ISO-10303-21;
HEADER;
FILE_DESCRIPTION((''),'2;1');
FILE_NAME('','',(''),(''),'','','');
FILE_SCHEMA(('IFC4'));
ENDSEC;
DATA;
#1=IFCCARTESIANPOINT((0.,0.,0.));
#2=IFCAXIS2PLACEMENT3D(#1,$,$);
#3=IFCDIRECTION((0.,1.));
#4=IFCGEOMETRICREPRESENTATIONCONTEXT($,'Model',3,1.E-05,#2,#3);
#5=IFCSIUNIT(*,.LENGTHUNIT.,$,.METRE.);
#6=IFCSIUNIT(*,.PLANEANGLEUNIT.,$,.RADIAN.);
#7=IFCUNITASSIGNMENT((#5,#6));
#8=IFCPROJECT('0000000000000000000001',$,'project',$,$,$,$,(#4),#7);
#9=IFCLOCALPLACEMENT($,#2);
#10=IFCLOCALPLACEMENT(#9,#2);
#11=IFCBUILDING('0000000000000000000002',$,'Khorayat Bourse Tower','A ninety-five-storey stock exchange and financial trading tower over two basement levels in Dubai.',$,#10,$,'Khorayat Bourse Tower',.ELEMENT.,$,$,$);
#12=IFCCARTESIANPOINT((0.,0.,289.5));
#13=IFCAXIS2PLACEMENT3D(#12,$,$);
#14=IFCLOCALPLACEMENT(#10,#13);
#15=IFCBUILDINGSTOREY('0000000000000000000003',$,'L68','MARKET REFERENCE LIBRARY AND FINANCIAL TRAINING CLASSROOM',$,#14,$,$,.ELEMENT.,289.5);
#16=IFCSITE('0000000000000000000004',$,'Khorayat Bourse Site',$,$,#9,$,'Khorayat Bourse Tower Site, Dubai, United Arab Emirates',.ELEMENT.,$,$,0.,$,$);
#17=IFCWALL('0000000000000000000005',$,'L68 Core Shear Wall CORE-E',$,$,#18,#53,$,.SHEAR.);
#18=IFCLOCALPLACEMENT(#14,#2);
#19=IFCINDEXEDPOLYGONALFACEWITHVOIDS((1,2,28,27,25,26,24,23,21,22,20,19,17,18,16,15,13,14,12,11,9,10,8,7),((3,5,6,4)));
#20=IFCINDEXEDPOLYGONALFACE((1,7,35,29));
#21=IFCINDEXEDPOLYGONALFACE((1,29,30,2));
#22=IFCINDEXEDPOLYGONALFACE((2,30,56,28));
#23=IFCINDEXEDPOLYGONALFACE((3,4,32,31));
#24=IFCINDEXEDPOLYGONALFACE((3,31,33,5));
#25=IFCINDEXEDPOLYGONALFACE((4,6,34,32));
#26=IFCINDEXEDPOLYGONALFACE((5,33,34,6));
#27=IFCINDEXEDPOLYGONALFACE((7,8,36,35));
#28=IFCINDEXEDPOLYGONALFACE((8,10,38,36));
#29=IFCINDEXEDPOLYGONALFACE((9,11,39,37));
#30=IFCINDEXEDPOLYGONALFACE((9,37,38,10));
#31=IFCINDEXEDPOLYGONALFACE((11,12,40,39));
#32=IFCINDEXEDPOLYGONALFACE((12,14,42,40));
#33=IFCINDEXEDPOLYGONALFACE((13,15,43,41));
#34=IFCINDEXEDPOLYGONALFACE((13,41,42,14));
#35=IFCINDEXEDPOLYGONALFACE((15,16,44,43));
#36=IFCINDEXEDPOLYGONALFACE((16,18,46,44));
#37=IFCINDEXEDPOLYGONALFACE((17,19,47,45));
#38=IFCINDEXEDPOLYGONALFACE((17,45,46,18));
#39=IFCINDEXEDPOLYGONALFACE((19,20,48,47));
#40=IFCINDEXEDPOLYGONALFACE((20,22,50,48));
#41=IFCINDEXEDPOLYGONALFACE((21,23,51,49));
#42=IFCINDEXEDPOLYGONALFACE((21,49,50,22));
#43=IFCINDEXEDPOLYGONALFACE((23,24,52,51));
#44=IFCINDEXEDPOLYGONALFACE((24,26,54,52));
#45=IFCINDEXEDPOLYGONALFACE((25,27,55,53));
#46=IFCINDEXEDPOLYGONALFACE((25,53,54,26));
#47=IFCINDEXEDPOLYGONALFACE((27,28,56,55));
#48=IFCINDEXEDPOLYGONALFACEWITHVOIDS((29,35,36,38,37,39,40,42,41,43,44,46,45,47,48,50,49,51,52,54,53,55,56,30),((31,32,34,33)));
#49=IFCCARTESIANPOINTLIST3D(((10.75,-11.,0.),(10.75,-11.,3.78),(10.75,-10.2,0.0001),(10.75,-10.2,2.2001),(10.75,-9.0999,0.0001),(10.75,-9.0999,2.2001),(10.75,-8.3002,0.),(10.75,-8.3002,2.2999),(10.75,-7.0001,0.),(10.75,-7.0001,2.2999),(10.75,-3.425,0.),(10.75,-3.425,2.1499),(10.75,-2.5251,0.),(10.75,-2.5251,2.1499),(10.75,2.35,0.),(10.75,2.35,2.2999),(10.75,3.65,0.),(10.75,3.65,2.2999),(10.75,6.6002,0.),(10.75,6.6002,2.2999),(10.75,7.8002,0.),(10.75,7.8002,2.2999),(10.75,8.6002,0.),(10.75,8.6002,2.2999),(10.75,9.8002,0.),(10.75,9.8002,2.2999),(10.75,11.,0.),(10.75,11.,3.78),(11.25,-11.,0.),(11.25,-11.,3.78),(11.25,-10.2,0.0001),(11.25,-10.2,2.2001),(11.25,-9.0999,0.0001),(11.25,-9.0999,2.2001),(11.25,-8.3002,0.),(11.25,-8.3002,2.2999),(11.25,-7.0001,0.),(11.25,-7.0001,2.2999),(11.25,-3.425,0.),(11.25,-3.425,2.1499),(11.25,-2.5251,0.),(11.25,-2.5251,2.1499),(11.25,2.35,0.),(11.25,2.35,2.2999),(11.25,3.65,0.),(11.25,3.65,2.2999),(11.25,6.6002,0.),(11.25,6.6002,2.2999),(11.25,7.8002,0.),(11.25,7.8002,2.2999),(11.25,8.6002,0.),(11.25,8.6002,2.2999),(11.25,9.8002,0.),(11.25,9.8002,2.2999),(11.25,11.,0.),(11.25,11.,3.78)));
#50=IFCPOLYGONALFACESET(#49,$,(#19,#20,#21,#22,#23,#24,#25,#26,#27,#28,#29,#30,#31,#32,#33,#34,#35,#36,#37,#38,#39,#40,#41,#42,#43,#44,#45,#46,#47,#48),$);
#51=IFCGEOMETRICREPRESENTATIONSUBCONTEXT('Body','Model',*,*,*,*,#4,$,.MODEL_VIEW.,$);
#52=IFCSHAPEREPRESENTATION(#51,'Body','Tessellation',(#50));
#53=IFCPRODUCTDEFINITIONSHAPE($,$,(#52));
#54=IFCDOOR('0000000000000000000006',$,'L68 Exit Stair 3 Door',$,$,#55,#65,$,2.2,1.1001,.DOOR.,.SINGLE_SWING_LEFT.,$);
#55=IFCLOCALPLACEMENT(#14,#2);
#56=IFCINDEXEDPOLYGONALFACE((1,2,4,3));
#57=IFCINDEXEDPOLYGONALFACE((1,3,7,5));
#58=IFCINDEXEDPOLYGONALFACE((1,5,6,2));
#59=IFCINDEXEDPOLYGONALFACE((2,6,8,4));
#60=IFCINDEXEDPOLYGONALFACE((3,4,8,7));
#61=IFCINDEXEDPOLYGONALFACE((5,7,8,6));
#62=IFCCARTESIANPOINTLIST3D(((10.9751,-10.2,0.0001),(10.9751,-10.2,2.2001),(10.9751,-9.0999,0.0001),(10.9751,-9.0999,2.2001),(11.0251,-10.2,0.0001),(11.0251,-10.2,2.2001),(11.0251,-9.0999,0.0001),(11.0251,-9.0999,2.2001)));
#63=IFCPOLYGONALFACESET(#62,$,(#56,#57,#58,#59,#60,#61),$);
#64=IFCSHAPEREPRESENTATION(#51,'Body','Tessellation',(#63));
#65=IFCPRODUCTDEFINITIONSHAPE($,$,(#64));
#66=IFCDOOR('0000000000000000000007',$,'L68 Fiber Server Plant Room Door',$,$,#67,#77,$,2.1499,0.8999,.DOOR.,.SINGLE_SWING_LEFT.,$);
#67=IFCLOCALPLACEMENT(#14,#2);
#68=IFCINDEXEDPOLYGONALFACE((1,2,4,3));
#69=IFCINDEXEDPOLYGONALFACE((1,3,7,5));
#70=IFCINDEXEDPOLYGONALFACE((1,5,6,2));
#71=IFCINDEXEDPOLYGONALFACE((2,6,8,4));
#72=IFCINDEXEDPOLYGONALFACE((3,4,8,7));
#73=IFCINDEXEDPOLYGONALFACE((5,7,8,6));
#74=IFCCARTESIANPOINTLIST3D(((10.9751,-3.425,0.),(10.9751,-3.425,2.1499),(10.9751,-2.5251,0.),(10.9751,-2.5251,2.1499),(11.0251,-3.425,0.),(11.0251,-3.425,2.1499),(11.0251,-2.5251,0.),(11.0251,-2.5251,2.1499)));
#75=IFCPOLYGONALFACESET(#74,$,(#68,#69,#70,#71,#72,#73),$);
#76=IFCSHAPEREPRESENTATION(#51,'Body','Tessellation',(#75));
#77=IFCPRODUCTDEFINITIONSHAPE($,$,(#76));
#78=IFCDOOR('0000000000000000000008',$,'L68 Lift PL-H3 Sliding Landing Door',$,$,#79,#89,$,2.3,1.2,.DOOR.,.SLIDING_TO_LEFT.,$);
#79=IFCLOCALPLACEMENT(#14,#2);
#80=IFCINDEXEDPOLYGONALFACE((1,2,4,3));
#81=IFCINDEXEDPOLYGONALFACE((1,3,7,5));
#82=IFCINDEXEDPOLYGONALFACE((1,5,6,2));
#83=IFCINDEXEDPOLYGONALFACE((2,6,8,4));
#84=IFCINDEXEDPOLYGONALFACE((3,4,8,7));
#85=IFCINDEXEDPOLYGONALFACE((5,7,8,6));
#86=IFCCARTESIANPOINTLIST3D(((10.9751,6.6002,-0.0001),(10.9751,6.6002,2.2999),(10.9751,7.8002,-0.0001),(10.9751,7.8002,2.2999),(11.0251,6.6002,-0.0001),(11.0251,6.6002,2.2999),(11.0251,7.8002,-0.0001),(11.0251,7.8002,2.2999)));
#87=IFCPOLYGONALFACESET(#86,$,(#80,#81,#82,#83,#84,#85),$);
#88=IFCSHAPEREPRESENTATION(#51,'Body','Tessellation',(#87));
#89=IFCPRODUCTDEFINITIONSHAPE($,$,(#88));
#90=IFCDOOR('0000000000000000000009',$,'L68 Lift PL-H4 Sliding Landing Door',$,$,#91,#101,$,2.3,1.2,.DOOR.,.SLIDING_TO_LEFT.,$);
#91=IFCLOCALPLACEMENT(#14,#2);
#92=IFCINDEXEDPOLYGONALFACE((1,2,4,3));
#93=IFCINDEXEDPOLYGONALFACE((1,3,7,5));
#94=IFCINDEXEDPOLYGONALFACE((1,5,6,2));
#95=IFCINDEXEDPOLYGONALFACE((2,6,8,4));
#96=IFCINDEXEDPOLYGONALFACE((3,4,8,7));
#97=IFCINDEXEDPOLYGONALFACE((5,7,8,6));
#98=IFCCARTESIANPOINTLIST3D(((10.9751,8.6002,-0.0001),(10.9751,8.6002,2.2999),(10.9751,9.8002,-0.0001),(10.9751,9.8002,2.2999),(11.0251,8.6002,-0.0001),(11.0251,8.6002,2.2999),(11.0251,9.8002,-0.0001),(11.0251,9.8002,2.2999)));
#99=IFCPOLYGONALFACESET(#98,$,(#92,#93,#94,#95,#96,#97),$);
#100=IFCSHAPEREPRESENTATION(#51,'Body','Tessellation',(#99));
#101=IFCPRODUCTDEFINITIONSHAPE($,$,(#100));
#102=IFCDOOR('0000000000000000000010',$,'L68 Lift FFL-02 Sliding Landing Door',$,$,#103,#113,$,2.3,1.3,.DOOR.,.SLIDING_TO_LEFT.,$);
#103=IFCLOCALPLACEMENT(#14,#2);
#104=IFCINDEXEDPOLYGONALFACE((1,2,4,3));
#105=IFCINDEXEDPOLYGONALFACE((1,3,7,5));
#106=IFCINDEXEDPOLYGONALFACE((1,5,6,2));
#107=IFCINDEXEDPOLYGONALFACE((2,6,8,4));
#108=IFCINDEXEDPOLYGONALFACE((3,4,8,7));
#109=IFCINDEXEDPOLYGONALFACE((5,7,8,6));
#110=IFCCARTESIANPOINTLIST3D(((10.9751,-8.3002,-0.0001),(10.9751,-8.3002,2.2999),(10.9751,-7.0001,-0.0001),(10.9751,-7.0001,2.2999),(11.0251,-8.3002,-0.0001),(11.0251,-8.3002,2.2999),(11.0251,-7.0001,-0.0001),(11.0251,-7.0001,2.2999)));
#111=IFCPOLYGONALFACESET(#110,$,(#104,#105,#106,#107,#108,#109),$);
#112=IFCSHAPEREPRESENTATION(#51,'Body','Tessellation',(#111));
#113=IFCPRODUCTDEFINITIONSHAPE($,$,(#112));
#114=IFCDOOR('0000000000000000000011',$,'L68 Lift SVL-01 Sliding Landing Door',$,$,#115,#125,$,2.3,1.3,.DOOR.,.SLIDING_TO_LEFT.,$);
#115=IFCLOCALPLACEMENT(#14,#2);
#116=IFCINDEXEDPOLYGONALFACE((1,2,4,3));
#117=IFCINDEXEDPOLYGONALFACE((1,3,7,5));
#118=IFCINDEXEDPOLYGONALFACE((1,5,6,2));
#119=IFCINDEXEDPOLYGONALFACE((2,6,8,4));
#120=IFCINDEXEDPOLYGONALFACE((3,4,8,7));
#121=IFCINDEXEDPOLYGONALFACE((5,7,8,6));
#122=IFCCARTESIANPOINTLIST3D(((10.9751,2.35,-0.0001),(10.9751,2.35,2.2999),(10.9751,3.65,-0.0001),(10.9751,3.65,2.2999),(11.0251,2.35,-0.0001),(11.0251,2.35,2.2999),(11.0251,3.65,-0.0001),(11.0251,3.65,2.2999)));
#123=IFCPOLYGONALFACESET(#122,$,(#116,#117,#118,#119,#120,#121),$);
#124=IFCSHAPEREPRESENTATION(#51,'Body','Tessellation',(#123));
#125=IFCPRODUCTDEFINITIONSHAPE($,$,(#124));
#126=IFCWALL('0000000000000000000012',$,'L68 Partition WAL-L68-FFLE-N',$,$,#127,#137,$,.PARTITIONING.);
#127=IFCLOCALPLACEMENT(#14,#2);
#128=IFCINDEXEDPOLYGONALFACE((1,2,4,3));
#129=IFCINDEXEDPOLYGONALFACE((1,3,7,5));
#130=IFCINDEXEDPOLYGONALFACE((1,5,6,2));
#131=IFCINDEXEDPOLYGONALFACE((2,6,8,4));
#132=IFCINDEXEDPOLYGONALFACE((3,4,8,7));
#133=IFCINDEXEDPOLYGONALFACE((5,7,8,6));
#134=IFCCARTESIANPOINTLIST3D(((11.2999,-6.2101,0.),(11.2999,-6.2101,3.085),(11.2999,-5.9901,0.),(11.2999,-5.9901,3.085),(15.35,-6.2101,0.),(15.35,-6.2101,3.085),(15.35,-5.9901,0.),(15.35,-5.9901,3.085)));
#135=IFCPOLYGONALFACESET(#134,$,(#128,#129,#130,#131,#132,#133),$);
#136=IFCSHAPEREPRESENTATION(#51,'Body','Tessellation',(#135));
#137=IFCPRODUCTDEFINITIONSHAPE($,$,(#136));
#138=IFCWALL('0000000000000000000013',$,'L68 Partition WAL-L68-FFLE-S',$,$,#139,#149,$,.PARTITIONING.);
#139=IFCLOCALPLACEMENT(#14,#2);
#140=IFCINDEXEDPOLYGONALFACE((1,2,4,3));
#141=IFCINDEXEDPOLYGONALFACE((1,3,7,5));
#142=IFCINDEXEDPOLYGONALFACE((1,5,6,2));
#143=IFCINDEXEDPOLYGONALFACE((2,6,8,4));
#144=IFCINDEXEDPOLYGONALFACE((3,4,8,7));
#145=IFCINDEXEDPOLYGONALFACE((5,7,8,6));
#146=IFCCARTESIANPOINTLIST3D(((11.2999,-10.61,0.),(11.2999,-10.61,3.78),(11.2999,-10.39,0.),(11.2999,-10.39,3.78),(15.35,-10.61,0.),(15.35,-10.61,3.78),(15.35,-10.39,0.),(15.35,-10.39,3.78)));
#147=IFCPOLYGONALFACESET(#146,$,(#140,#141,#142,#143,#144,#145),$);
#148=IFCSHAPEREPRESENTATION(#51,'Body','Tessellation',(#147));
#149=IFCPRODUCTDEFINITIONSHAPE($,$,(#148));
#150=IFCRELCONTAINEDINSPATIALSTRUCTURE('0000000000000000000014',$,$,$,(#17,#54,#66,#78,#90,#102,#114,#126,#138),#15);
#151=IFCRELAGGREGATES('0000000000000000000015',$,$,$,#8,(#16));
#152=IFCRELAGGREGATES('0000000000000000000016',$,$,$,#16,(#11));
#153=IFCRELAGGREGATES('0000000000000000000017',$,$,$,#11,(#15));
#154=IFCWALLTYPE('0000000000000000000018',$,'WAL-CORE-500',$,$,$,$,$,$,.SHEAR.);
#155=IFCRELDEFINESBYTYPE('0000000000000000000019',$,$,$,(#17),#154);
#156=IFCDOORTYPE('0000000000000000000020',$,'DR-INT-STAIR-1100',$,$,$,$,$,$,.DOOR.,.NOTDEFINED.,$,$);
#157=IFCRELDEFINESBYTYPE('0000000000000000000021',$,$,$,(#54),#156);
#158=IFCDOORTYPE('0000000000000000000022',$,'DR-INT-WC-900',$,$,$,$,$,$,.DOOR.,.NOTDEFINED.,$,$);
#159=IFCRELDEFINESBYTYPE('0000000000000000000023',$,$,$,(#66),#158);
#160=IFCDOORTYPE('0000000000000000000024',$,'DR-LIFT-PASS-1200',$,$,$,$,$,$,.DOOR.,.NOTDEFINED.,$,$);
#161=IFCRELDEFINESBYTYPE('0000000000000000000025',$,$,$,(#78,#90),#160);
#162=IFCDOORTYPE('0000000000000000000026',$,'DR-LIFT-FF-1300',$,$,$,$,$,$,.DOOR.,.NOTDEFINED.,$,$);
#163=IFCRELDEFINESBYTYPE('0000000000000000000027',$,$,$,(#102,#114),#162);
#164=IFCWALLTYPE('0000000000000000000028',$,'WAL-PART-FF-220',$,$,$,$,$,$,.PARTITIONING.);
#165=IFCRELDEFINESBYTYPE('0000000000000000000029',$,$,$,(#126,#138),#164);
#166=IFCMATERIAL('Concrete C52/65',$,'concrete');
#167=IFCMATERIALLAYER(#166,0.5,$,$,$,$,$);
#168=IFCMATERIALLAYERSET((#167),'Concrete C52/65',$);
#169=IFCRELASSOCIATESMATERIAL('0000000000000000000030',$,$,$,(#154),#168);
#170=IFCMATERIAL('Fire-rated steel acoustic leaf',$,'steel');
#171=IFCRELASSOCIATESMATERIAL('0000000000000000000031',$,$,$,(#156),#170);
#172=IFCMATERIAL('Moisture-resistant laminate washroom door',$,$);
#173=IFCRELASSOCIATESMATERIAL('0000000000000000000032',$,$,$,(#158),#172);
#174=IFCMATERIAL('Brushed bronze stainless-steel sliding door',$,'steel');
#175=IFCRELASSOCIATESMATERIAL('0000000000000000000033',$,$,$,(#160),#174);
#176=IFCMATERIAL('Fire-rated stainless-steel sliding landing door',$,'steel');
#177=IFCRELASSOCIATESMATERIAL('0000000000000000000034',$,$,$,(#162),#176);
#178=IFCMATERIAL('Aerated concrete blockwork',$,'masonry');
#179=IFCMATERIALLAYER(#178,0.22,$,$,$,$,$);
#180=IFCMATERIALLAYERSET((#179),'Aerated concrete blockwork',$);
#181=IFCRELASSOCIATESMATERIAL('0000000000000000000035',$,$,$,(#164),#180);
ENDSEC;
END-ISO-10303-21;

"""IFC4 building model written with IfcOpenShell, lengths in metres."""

from ifc_helpers import new_model, si_unit, direction, frame, frame_2d, origin, place, context, subcontext, project, spatial, rectangle, extrude, source, transform, mapped, material, layer, layer_set, type_object, element, fill, save


model = new_model("IFC4")

# Units and contexts
model_context = context("Model", 3, precision=1e-05, world=origin(), true_north=direction((0.0, 1.0)))
body_context = subcontext(model_context, "Body", "Model", "MODEL_VIEW")
ifc_project = project(units=[si_unit("LENGTHUNIT", "METRE"), si_unit("PLANEANGLEUNIT", "RADIAN")], contexts=[model_context])

# Site, building, storey
site_placement = place(None, origin())
site = spatial("IfcSite", under=ifc_project, at=site_placement, Name="Khorayat Bourse Site", LongName="Khorayat Bourse Tower Site, Dubai, United Arab Emirates", CompositionType="ELEMENT", RefElevation=0.0)
building_placement = place(site_placement, origin())
building = spatial("IfcBuilding", under=site, at=building_placement, Name="Khorayat Bourse Tower", Description="A ninety-five-storey stock exchange and financial trading tower over two basement levels in Dubai.", LongName="Khorayat Bourse Tower", CompositionType="ELEMENT")
storey_placement = place(building_placement, frame((0.0, 0.0, 289.5)))
storey = spatial("IfcBuildingStorey", under=building, at=storey_placement, Name="L68", Description="MARKET REFERENCE LIBRARY AND FINANCIAL TRAINING CLASSROOM", CompositionType="ELEMENT", Elevation=289.5)

# Shared definitions
ifc_material_1 = material(Name="Concrete C52/65", Category="concrete")

# Wall, openings, doors
ifc_layer_1 = layer(ifc_material_1, 0.5)
ifc_layer_set_1 = layer_set([ifc_layer_1], Name="Concrete C52/65")
wall_type_1 = type_object("IfcWallType", Name="WAL-CORE-500", PredefinedType="SHEAR", material=ifc_layer_set_1)
shared_shape_1 = source(origin(), body_context, "Body", "SweptSolid", [
    extrude(rectangle(XDim=22.0, YDim=0.5, at=frame_2d((11.0, 0.0))), origin(), (0.0, 0.0, 1.0), 3.78),
])
wall_1_placement = place(storey_placement, frame((11.0, -11.0, 0.0), z_axis=(0.0, 0.0, 1.0), x_axis=(0.0, 1.0, 0.0)))
wall_1 = element("IfcWall", 1, at=wall_1_placement, inside=storey, type_object=wall_type_1, Name="L68 Core Shear Wall CORE-E", PredefinedType="SHEAR", context=body_context, shape_type="MappedRepresentation", body=[
    mapped(shared_shape_1, transform((0.0, 0.0, 0.0), scale=1.0)),
])
shared_shape_2 = source(origin(), body_context, "Body", "SweptSolid", [
    extrude(rectangle(XDim=1.1001, YDim=2.2, at=frame_2d((0.55, 1.1001))), frame((0.0, 0.26, 0.0), z_axis=(0.0, -1.0, 0.0), x_axis=(1.0, 0.0, 0.0)), (0.0, 0.0, 1.0), 0.52),
])
opening_1_placement = place(wall_1_placement, frame((0.8, 0.0, 0.0)))
opening_1 = element("IfcOpeningElement", 2, at=opening_1_placement, cuts=wall_1, PredefinedType="OPENING", context=body_context, shape_type="MappedRepresentation", body=[
    mapped(shared_shape_2, transform((0.0, 0.0, 0.0), scale=1.0)),
])
shared_shape_3 = source(origin(), body_context, "Body", "SweptSolid", [
    extrude(rectangle(XDim=0.8999, YDim=2.1499, at=frame_2d((0.45, 1.075))), frame((0.0, 0.26, 0.0), z_axis=(0.0, -1.0, 0.0), x_axis=(1.0, 0.0, 0.0)), (0.0, 0.0, 1.0), 0.52),
])
opening_2_placement = place(wall_1_placement, frame((7.575, 0.0, 0.0)))
opening_2 = element("IfcOpeningElement", 3, at=opening_2_placement, cuts=wall_1, PredefinedType="OPENING", context=body_context, shape_type="MappedRepresentation", body=[
    mapped(shared_shape_3, transform((0.0, 0.0, 0.0), scale=1.0)),
])
shared_shape_4 = source(origin(), body_context, "Body", "SweptSolid", [
    extrude(rectangle(XDim=1.2, YDim=2.3, at=frame_2d((0.6001, 1.1499))), frame((0.0, 0.26, 0.0), z_axis=(0.0, -1.0, 0.0), x_axis=(1.0, 0.0, 0.0)), (0.0, 0.0, 1.0), 0.52),
])
opening_3_placement = place(wall_1_placement, frame((17.6001, 0.0, 0.0)))
opening_3 = element("IfcOpeningElement", 4, at=opening_3_placement, cuts=wall_1, PredefinedType="OPENING", context=body_context, shape_type="MappedRepresentation", body=[
    mapped(shared_shape_4, transform((0.0, 0.0, 0.0), scale=1.0)),
])
opening_4_placement = place(wall_1_placement, frame((19.6001, 0.0, 0.0)))
opening_4 = element("IfcOpeningElement", 5, at=opening_4_placement, cuts=wall_1, PredefinedType="OPENING", context=body_context, shape_type="MappedRepresentation", body=[
    mapped(shared_shape_4, transform((0.0, 0.0, 0.0), scale=1.0)),
])
shared_shape_5 = source(origin(), body_context, "Body", "SweptSolid", [
    extrude(rectangle(XDim=1.3, YDim=2.3, at=frame_2d((0.6499, 1.1499))), frame((0.0, 0.26, 0.0), z_axis=(0.0, -1.0, 0.0), x_axis=(1.0, 0.0, 0.0)), (0.0, 0.0, 1.0), 0.52),
])
opening_5_placement = place(wall_1_placement, frame((2.7, 0.0, 0.0)))
opening_5 = element("IfcOpeningElement", 6, at=opening_5_placement, cuts=wall_1, PredefinedType="OPENING", context=body_context, shape_type="MappedRepresentation", body=[
    mapped(shared_shape_5, transform((0.0, 0.0, 0.0), scale=1.0)),
])
opening_6_placement = place(wall_1_placement, frame((13.3501, 0.0, 0.0)))
opening_6 = element("IfcOpeningElement", 7, at=opening_6_placement, cuts=wall_1, PredefinedType="OPENING", context=body_context, shape_type="MappedRepresentation", body=[
    mapped(shared_shape_5, transform((0.0, 0.0, 0.0), scale=1.0)),
])
ifc_material_2 = material(Name="Fire-rated steel acoustic leaf", Category="steel")
door_type_1 = type_object("IfcDoorType", Name="DR-INT-STAIR-1100", OperationType="NOTDEFINED", PredefinedType="DOOR", material=ifc_material_2)
shared_shape_6 = source(origin(), body_context, "Body", "SweptSolid", [
    extrude(rectangle(XDim=1.1001, YDim=2.2, at=frame_2d((0.55, 1.1001))), frame((0.0, 0.0249, 0.0), z_axis=(0.0, -1.0, 0.0), x_axis=(1.0, 0.0, 0.0)), (0.0, 0.0, 1.0), 0.05),
])
door_1_placement = place(opening_1_placement, origin())
door_1 = element("IfcDoor", 8, at=door_1_placement, inside=storey, type_object=door_type_1, Name="L68 Exit Stair 3 Door", OperationType="SINGLE_SWING_LEFT", OverallHeight=2.2, OverallWidth=1.1001, PredefinedType="DOOR", context=body_context, shape_type="MappedRepresentation", body=[
    mapped(shared_shape_6, transform((0.0, 0.0, 0.0), scale=1.0)),
])
fill(opening_1, door_1)
ifc_material_3 = material(Name="Moisture-resistant laminate washroom door")
door_type_2 = type_object("IfcDoorType", Name="DR-INT-WC-900", OperationType="NOTDEFINED", PredefinedType="DOOR", material=ifc_material_3)
shared_shape_7 = source(origin(), body_context, "Body", "SweptSolid", [
    extrude(rectangle(XDim=0.8999, YDim=2.1499, at=frame_2d((0.45, 1.075))), frame((0.0, 0.0249, 0.0), z_axis=(0.0, -1.0, 0.0), x_axis=(1.0, 0.0, 0.0)), (0.0, 0.0, 1.0), 0.05),
])
door_2_placement = place(opening_2_placement, origin())
door_2 = element("IfcDoor", 9, at=door_2_placement, inside=storey, type_object=door_type_2, Name="L68 Fiber Server Plant Room Door", OperationType="SINGLE_SWING_LEFT", OverallHeight=2.1499, OverallWidth=0.8999, PredefinedType="DOOR", context=body_context, shape_type="MappedRepresentation", body=[
    mapped(shared_shape_7, transform((0.0, 0.0, 0.0), scale=1.0)),
])
fill(opening_2, door_2)
ifc_material_4 = material(Name="Brushed bronze stainless-steel sliding door", Category="steel")
door_type_3 = type_object("IfcDoorType", Name="DR-LIFT-PASS-1200", OperationType="NOTDEFINED", PredefinedType="DOOR", material=ifc_material_4)
shared_shape_8 = source(origin(), body_context, "Body", "SweptSolid", [
    extrude(rectangle(XDim=1.2, YDim=2.3, at=frame_2d((0.6001, 1.1499))), frame((0.0, 0.0249, 0.0), z_axis=(0.0, -1.0, 0.0), x_axis=(1.0, 0.0, 0.0)), (0.0, 0.0, 1.0), 0.05),
])
door_3_placement = place(opening_3_placement, origin())
door_3 = element("IfcDoor", 10, at=door_3_placement, inside=storey, type_object=door_type_3, Name="L68 Lift PL-H3 Sliding Landing Door", OperationType="SLIDING_TO_LEFT", OverallHeight=2.3, OverallWidth=1.2, PredefinedType="DOOR", context=body_context, shape_type="MappedRepresentation", body=[
    mapped(shared_shape_8, transform((0.0, 0.0, 0.0), scale=1.0)),
])
fill(opening_3, door_3)
door_4_placement = place(opening_4_placement, origin())
door_4 = element("IfcDoor", 11, at=door_4_placement, inside=storey, type_object=door_type_3, Name="L68 Lift PL-H4 Sliding Landing Door", OperationType="SLIDING_TO_LEFT", OverallHeight=2.3, OverallWidth=1.2, PredefinedType="DOOR", context=body_context, shape_type="MappedRepresentation", body=[
    mapped(shared_shape_8, transform((0.0, 0.0, 0.0), scale=1.0)),
])
fill(opening_4, door_4)
ifc_material_5 = material(Name="Fire-rated stainless-steel sliding landing door", Category="steel")
door_type_4 = type_object("IfcDoorType", Name="DR-LIFT-FF-1300", OperationType="NOTDEFINED", PredefinedType="DOOR", material=ifc_material_5)
shared_shape_9 = source(origin(), body_context, "Body", "SweptSolid", [
    extrude(rectangle(XDim=1.3, YDim=2.3, at=frame_2d((0.6499, 1.1499))), frame((0.0, 0.0249, 0.0), z_axis=(0.0, -1.0, 0.0), x_axis=(1.0, 0.0, 0.0)), (0.0, 0.0, 1.0), 0.05),
])
door_5_placement = place(opening_5_placement, origin())
door_5 = element("IfcDoor", 12, at=door_5_placement, inside=storey, type_object=door_type_4, Name="L68 Lift FFL-02 Sliding Landing Door", OperationType="SLIDING_TO_LEFT", OverallHeight=2.3, OverallWidth=1.3, PredefinedType="DOOR", context=body_context, shape_type="MappedRepresentation", body=[
    mapped(shared_shape_9, transform((0.0, 0.0, 0.0), scale=1.0)),
])
fill(opening_5, door_5)
door_6_placement = place(opening_6_placement, origin())
door_6 = element("IfcDoor", 13, at=door_6_placement, inside=storey, type_object=door_type_4, Name="L68 Lift SVL-01 Sliding Landing Door", OperationType="SLIDING_TO_LEFT", OverallHeight=2.3, OverallWidth=1.3, PredefinedType="DOOR", context=body_context, shape_type="MappedRepresentation", body=[
    mapped(shared_shape_9, transform((0.0, 0.0, 0.0), scale=1.0)),
])
fill(opening_6, door_6)

# Walls
ifc_material_6 = material(Name="Aerated concrete blockwork", Category="masonry")
ifc_layer_2 = layer(ifc_material_6, 0.22)
ifc_layer_set_2 = layer_set([ifc_layer_2], Name="Aerated concrete blockwork")
wall_type_2 = type_object("IfcWallType", Name="WAL-PART-FF-220", PredefinedType="PARTITIONING", material=ifc_layer_set_2)
shared_shape_10 = source(origin(), body_context, "Body", "SweptSolid", [
    extrude(rectangle(XDim=4.05, YDim=0.22, at=frame_2d((2.0249, 0.0))), origin(), (0.0, 0.0, 1.0), 3.085),
])
wall_2_placement = place(storey_placement, frame((11.3, -6.1001, 0.0), z_axis=(0.0, 0.0, 1.0), x_axis=(1.0, 0.0, 0.0)))
element("IfcWall", 14, at=wall_2_placement, inside=storey, type_object=wall_type_2, Name="L68 Partition WAL-L68-FFLE-N", PredefinedType="PARTITIONING", context=body_context, shape_type="MappedRepresentation", body=[
    mapped(shared_shape_10, transform((0.0, 0.0, 0.0), scale=1.0)),
])
shared_shape_11 = source(origin(), body_context, "Body", "SweptSolid", [
    extrude(rectangle(XDim=4.05, YDim=0.22, at=frame_2d((2.0249, 0.0))), origin(), (0.0, 0.0, 1.0), 3.78),
])
wall_3_placement = place(storey_placement, frame((11.3, -10.5, 0.0), z_axis=(0.0, 0.0, 1.0), x_axis=(1.0, 0.0, 0.0)))
element("IfcWall", 15, at=wall_3_placement, inside=storey, type_object=wall_type_2, Name="L68 Partition WAL-L68-FFLE-S", PredefinedType="PARTITIONING", context=body_context, shape_type="MappedRepresentation", body=[
    mapped(shared_shape_11, transform((0.0, 0.0, 0.0), scale=1.0)),
])

save(model, "model.ifc")
